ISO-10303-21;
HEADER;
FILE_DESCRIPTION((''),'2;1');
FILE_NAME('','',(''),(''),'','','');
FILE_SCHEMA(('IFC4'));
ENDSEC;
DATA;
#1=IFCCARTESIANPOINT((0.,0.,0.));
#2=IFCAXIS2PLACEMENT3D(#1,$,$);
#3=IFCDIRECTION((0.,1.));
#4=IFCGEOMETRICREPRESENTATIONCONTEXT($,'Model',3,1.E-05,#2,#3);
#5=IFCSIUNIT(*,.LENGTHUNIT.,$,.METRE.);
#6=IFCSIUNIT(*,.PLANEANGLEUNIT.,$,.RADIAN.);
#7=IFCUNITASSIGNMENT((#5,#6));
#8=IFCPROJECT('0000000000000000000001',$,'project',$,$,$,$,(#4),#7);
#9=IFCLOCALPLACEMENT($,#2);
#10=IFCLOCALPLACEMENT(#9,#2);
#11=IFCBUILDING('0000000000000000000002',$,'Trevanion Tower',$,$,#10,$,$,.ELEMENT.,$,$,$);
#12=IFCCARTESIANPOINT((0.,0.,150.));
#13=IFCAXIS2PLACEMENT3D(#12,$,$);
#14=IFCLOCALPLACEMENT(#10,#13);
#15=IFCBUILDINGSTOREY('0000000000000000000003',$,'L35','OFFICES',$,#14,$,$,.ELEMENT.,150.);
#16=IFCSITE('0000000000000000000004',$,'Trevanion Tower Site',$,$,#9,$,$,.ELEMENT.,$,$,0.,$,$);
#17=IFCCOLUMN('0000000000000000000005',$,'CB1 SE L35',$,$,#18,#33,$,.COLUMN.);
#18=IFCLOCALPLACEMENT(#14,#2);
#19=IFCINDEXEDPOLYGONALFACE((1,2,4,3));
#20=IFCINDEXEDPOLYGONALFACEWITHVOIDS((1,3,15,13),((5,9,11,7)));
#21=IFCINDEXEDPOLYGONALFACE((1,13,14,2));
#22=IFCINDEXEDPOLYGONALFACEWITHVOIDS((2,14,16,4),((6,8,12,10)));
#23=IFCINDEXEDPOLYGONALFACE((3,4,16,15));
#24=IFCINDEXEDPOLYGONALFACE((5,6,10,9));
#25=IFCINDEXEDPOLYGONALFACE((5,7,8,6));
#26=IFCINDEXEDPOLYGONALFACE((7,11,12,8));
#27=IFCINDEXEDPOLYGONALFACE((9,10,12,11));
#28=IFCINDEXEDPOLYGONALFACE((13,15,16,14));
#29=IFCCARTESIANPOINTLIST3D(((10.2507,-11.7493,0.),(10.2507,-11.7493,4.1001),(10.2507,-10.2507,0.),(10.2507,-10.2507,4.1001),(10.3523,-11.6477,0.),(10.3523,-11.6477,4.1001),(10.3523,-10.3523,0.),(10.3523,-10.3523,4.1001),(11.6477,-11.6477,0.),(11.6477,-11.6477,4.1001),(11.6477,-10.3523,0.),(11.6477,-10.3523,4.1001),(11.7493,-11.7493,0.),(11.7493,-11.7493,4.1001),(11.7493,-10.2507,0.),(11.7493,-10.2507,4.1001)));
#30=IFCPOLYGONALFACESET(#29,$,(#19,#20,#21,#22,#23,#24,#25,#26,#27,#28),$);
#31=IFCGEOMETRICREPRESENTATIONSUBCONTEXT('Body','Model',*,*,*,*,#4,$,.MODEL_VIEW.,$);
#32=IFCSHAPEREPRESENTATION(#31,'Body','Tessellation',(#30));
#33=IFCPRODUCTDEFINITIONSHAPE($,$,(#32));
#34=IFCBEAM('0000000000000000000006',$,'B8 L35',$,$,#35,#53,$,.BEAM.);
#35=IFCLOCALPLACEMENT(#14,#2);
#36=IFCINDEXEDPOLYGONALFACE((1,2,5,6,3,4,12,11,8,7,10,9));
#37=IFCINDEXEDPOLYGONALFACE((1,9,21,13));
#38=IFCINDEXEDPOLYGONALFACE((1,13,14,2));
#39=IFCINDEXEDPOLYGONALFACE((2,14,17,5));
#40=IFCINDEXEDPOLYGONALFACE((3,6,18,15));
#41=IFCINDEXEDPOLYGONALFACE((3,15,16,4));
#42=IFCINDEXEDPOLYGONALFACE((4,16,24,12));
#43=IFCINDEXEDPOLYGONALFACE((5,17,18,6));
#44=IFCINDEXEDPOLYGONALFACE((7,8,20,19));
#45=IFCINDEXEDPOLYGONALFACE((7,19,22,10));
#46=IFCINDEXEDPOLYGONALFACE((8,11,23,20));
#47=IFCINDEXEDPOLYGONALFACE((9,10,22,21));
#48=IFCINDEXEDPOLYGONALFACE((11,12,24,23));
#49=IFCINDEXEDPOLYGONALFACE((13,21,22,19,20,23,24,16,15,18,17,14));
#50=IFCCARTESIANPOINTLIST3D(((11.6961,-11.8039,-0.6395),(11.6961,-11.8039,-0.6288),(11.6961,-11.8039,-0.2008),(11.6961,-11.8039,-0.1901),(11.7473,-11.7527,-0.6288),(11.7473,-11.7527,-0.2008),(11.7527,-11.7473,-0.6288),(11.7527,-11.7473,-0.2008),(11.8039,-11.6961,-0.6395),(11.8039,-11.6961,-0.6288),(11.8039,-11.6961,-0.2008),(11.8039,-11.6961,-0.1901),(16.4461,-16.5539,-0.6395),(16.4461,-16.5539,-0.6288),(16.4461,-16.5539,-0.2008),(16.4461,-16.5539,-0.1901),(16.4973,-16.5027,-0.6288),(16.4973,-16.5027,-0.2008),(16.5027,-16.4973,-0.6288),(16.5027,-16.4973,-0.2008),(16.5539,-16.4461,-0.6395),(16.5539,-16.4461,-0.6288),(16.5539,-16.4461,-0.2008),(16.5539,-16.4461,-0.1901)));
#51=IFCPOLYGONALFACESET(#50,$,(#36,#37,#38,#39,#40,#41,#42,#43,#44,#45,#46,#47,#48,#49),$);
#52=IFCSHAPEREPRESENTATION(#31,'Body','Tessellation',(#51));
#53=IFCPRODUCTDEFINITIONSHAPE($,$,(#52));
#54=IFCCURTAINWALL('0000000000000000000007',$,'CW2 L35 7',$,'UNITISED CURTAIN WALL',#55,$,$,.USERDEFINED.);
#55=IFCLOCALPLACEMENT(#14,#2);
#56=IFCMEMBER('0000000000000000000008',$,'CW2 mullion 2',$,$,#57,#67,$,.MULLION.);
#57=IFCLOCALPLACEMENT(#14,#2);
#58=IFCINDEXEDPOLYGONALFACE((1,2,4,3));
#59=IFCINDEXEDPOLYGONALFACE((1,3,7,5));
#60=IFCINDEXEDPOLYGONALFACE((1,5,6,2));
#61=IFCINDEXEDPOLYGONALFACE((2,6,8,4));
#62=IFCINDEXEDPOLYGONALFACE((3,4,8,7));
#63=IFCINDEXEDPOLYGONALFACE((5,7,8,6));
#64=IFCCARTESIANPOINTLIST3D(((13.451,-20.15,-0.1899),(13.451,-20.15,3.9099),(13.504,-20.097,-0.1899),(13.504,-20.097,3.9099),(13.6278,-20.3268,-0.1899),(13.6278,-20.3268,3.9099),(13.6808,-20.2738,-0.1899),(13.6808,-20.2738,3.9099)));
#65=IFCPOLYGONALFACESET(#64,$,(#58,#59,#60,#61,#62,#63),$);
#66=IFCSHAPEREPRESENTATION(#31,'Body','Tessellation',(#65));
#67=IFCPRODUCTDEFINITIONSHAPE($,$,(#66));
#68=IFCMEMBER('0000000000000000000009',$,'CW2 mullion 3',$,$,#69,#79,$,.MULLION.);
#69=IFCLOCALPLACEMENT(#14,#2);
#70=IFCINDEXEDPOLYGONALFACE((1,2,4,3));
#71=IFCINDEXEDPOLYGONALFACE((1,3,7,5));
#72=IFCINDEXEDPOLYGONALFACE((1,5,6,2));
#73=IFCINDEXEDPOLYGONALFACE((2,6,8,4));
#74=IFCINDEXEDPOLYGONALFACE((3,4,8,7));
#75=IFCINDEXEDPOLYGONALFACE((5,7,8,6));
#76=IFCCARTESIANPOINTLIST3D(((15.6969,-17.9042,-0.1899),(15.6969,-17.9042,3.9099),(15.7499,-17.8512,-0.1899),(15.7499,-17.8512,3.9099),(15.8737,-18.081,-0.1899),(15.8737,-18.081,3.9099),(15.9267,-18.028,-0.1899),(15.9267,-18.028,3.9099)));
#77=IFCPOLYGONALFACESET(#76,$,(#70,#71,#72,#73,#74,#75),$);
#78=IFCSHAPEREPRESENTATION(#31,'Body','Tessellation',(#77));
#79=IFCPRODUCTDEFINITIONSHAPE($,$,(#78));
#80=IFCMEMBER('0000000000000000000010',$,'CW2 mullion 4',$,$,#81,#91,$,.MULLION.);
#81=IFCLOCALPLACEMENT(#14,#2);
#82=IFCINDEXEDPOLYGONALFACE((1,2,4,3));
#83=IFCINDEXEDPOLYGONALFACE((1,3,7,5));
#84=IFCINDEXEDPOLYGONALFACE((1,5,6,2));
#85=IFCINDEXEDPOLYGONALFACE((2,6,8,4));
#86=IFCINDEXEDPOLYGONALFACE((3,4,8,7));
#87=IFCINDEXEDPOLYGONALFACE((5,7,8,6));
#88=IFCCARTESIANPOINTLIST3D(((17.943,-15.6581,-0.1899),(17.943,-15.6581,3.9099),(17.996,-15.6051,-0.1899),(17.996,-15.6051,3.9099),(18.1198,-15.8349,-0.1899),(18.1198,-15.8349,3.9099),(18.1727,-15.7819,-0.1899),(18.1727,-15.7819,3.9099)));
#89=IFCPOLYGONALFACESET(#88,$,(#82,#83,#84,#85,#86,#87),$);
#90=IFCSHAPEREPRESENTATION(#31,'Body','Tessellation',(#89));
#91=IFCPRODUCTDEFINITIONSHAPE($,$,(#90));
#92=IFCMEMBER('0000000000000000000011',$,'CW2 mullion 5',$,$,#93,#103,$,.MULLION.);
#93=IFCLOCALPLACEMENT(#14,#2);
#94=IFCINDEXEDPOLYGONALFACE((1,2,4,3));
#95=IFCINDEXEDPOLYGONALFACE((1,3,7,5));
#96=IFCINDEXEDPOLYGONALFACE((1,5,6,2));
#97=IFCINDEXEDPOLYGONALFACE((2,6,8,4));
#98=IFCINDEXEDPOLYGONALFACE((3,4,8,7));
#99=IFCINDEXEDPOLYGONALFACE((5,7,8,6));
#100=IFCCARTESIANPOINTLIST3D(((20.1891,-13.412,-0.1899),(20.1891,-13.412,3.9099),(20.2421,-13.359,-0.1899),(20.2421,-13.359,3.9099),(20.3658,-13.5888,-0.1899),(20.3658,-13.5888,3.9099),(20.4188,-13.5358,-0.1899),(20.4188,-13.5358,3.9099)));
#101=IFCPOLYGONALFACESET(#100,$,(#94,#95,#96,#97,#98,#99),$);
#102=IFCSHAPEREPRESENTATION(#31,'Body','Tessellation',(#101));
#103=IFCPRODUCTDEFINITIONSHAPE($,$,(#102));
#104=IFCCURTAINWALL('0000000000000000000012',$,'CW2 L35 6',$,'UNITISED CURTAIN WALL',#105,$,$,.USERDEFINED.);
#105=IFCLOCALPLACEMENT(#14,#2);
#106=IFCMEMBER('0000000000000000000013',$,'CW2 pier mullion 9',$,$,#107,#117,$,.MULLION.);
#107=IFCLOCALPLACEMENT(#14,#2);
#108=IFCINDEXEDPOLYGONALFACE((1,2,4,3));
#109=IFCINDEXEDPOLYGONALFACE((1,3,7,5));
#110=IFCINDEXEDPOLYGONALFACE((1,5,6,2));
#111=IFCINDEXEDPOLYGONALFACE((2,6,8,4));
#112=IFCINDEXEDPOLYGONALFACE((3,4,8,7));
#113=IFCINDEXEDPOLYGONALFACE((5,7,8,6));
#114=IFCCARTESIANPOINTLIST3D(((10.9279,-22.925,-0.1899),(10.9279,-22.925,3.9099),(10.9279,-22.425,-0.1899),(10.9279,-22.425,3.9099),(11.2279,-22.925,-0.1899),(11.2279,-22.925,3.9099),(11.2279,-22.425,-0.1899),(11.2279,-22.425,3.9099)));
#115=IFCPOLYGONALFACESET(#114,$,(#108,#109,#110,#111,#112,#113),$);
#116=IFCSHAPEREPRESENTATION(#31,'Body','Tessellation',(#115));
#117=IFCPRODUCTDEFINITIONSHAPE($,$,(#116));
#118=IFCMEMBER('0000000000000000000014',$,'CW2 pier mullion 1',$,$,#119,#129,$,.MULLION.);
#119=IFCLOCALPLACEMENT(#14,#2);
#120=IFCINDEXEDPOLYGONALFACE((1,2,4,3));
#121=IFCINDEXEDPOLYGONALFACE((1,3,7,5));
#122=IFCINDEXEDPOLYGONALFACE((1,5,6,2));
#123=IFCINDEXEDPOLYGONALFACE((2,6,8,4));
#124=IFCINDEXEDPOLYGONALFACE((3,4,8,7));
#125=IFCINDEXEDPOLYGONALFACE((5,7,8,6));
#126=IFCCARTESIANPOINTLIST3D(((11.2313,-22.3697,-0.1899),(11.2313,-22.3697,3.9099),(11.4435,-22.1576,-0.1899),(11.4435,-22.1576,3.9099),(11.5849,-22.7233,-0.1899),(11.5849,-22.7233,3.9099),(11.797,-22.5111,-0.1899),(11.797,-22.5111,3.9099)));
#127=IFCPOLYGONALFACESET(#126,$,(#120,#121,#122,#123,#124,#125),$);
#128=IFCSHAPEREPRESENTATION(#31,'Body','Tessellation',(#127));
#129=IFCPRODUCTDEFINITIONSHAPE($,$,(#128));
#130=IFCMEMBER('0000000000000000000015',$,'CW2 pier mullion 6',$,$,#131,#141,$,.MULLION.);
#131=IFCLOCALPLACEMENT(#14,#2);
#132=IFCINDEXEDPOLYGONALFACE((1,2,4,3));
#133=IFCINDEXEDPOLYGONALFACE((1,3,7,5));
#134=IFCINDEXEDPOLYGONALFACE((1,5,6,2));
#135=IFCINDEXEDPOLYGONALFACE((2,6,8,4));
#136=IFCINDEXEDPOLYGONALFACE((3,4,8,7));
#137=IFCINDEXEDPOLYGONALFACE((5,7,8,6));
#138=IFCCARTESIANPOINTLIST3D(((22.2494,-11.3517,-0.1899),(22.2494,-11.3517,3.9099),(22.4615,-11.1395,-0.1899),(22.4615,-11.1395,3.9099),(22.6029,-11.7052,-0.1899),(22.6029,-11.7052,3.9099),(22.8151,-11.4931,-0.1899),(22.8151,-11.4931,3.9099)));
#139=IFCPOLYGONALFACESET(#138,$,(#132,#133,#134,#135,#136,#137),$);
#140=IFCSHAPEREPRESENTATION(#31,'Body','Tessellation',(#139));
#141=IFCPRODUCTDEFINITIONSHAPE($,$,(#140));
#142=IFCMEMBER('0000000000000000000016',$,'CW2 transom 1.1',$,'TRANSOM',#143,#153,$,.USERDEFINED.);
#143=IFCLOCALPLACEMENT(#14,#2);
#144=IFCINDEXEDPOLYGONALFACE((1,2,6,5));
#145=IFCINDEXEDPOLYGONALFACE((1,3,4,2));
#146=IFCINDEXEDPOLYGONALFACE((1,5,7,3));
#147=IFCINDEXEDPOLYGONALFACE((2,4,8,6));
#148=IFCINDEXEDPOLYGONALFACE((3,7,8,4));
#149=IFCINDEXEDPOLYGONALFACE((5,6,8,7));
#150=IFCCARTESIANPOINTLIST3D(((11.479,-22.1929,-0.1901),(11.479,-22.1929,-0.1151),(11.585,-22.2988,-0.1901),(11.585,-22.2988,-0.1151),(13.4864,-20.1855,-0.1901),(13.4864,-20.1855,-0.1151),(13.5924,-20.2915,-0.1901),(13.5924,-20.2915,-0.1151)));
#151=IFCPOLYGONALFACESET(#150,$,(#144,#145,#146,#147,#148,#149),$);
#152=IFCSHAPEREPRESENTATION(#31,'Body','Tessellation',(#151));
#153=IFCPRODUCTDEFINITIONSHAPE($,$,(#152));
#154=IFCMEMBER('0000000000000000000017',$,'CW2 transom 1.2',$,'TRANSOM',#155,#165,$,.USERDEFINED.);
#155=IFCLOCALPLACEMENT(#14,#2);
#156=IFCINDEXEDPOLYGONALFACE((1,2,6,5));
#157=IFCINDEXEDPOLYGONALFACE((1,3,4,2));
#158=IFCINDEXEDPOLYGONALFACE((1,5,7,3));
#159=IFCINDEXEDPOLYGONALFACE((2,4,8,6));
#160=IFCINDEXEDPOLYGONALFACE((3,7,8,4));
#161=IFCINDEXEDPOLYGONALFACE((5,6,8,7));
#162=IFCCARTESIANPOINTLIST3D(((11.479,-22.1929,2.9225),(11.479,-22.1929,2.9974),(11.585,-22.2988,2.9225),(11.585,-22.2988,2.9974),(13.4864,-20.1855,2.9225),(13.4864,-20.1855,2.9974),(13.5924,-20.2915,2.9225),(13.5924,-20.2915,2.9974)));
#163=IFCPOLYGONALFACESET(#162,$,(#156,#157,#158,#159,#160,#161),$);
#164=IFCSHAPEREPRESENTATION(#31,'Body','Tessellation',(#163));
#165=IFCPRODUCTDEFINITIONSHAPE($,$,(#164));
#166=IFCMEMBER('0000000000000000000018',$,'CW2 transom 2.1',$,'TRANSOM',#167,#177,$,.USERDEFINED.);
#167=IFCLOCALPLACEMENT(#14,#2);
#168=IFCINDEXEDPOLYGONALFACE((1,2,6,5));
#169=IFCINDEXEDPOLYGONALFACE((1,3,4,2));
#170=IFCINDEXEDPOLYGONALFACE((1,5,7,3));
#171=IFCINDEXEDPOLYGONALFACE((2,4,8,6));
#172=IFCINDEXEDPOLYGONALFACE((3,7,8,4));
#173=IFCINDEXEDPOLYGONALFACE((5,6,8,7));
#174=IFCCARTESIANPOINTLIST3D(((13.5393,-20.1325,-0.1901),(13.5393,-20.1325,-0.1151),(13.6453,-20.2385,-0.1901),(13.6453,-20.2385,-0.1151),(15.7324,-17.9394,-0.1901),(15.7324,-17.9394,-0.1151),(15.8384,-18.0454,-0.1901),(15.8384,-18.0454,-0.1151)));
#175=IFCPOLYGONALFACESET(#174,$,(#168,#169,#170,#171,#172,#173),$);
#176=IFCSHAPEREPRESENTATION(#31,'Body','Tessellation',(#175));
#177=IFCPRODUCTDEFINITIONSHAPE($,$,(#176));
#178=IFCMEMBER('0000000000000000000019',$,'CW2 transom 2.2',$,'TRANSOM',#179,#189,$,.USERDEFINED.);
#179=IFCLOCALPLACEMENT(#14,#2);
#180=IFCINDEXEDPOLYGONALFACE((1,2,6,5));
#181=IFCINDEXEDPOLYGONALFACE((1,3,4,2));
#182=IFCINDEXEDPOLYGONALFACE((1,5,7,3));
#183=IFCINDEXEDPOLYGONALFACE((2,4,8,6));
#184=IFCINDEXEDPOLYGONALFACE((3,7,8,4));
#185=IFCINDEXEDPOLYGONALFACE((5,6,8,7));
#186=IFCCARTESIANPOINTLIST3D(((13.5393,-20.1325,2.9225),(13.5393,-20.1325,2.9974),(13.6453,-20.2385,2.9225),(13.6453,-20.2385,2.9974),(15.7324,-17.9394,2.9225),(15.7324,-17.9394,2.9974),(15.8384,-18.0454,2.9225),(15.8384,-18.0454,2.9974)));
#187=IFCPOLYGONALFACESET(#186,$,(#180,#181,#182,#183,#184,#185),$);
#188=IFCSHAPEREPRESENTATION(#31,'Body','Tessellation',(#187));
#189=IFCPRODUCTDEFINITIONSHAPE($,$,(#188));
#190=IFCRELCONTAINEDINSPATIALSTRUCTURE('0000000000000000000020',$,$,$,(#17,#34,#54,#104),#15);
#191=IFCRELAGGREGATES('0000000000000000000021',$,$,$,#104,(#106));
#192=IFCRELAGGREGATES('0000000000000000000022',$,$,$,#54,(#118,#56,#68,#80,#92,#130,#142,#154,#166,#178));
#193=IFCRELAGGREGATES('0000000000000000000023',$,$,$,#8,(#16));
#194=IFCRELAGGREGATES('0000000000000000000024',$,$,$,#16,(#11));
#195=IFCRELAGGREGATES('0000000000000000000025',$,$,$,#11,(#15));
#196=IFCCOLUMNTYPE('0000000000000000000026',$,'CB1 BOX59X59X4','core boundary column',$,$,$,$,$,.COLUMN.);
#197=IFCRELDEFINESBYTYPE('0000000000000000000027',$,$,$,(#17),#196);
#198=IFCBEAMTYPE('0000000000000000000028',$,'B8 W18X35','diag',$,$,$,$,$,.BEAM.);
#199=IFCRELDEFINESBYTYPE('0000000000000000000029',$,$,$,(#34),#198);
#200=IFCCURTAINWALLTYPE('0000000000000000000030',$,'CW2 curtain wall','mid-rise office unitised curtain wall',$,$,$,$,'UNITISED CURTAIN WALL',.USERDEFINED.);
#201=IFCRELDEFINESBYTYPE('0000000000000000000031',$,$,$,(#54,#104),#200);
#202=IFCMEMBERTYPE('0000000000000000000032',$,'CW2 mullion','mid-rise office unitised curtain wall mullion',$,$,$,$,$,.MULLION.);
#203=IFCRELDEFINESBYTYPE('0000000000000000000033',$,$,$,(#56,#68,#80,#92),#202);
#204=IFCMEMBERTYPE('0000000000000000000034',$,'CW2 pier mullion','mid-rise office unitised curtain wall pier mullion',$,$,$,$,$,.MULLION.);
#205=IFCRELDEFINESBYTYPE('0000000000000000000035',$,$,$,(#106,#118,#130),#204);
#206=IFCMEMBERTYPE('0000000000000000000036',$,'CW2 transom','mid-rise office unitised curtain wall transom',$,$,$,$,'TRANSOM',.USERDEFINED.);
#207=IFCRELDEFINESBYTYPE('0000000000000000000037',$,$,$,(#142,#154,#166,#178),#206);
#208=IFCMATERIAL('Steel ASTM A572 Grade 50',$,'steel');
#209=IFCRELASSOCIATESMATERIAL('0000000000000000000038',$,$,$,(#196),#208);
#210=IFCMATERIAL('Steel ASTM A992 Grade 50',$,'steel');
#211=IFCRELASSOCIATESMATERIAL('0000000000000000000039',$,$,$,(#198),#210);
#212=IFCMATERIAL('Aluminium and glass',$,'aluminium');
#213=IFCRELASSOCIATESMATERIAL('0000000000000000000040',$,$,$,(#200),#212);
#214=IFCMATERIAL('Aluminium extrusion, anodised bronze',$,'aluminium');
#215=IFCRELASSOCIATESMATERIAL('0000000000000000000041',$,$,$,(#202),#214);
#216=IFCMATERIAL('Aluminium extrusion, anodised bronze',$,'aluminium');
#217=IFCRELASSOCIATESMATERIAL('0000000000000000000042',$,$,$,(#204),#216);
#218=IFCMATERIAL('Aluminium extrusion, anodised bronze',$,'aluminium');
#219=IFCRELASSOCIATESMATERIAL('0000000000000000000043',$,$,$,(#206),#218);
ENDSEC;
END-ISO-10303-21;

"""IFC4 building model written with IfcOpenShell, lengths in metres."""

from ifc_helpers import new_model, si_unit, direction, frame, origin, origin_2d, place, context, subcontext, project, spatial, rectangle, hollow_rectangle, i_section, extrude, material, material_profile, profile_set, type_object, element, aggregate, save


model = new_model("IFC4")

# Units and contexts
model_context = context("Model", 3, precision=1e-05, world=origin(), true_north=direction((0.0, 1.0)))
body_context = subcontext(model_context, "Body", "Model", "MODEL_VIEW")
ifc_project = project(units=[si_unit("LENGTHUNIT", "METRE"), si_unit("PLANEANGLEUNIT", "RADIAN")], contexts=[model_context])

# Site, building, storey
site_placement = place(None, origin())
site = spatial("IfcSite", under=ifc_project, at=site_placement, Name="Trevanion Tower Site", CompositionType="ELEMENT", RefElevation=0.0)
building_placement = place(site_placement, origin())
building = spatial("IfcBuilding", under=site, at=building_placement, Name="Trevanion Tower", CompositionType="ELEMENT")
storey_placement = place(building_placement, frame((0.0, 0.0, 150.0)))
storey = spatial("IfcBuildingStorey", under=building, at=storey_placement, Name="L35", Description="OFFICES", CompositionType="ELEMENT", Elevation=150.0)

# Column
ifc_material_1 = material(Name="Steel ASTM A572 Grade 50", Category="steel")
ifc_material_profile_1 = material_profile(ifc_material_1, hollow_rectangle(XDim=1.4985, YDim=1.4985, WallThickness=0.1016, at=origin_2d()), Name="BOX59X59X4")
ifc_profile_set_1 = profile_set([ifc_material_profile_1], Name="Steel ASTM A572 Grade 50")
column_type = type_object("IfcColumnType", Name="CB1 BOX59X59X4", Description="core boundary column", PredefinedType="COLUMN", material=ifc_profile_set_1)
column_placement = place(storey_placement, frame((11.0, -11.0, 0.0), z_axis=(0.0, 0.0, 1.0), x_axis=(1.0, 0.0, 0.0)))
element("IfcColumn", 1, at=column_placement, inside=storey, type_object=column_type, Name="CB1 SE L35", PredefinedType="COLUMN", context=body_context, shape_type="SweptSolid", body=[
    extrude(hollow_rectangle(XDim=1.4985, YDim=1.4985, WallThickness=0.1016, at=origin_2d()), origin(), (0.0, 0.0, 1.0), 4.1001),
])

# Beam
ifc_material_2 = material(Name="Steel ASTM A992 Grade 50", Category="steel")
ifc_material_profile_2 = material_profile(ifc_material_2, i_section(OverallWidth=0.1523, OverallDepth=0.4495, WebThickness=0.0076, FlangeThickness=0.0107, at=origin_2d()), Name="W18X35")
ifc_profile_set_2 = profile_set([ifc_material_profile_2], Name="Steel ASTM A992 Grade 50")
beam_type = type_object("IfcBeamType", Name="B8 W18X35", Description="diag", PredefinedType="BEAM", material=ifc_profile_set_2)
beam_placement = place(storey_placement, frame((11.75, -11.75, -0.4148), z_axis=(0.707107, -0.707107, 0.0), x_axis=(0.707107, 0.707107, 0.0)))
element("IfcBeam", 2, at=beam_placement, inside=storey, type_object=beam_type, Name="B8 L35", PredefinedType="BEAM", context=body_context, shape_type="SweptSolid", body=[
    extrude(i_section(OverallWidth=0.1523, OverallDepth=0.4495, WebThickness=0.0076, FlangeThickness=0.0107, at=origin_2d()), origin(), (0.0, 0.0, 1.0), 6.7175),
])

# Curtain wall, members
ifc_material_3 = material(Name="Aluminium and glass", Category="aluminium")
curtain_wall_type = type_object("IfcCurtainWallType", Name="CW2 curtain wall", Description="mid-rise office unitised curtain wall", ElementType="UNITISED CURTAIN WALL", PredefinedType="USERDEFINED", material=ifc_material_3)
curtain_wall_1_placement = place(storey_placement, origin())
curtain_wall_1 = element("IfcCurtainWall", 3, at=curtain_wall_1_placement, inside=storey, type_object=curtain_wall_type, Name="CW2 L35 7", ObjectType="UNITISED CURTAIN WALL", PredefinedType="USERDEFINED")
ifc_material_4 = material(Name="Aluminium extrusion, anodised bronze", Category="aluminium")
ifc_material_profile_3 = material_profile(ifc_material_4, rectangle(XDim=0.075, YDim=0.25, at=origin_2d()), Name="CW2 mullion")
ifc_profile_set_3 = profile_set([ifc_material_profile_3], Name="Aluminium extrusion, anodised bronze")
member_type_1 = type_object("IfcMemberType", Name="CW2 mullion", Description="mid-rise office unitised curtain wall mullion", PredefinedType="MULLION", material=ifc_profile_set_3)
member_1_placement = place(storey_placement, frame((13.5659, -20.2119, -0.1899), z_axis=(0.0, 0.0, 1.0), x_axis=(0.707107, 0.707107, 0.0)))
member_1 = element("IfcMember", 4, at=member_1_placement, type_object=member_type_1, Name="CW2 mullion 2", PredefinedType="MULLION", context=body_context, shape_type="SweptSolid", body=[
    extrude(rectangle(XDim=0.075, YDim=0.25, at=origin_2d()), origin(), (0.0, 0.0, 1.0), 4.0999),
])
member_2_placement = place(storey_placement, frame((15.8118, -17.9661, -0.1899), z_axis=(0.0, 0.0, 1.0), x_axis=(0.707107, 0.707107, 0.0)))
member_2 = element("IfcMember", 5, at=member_2_placement, type_object=member_type_1, Name="CW2 mullion 3", PredefinedType="MULLION", context=body_context, shape_type="SweptSolid", body=[
    extrude(rectangle(XDim=0.075, YDim=0.25, at=origin_2d()), origin(), (0.0, 0.0, 1.0), 4.0999),
])
member_3_placement = place(storey_placement, frame((18.0579, -15.72, -0.1899), z_axis=(0.0, 0.0, 1.0), x_axis=(0.707107, 0.707107, 0.0)))
member_3 = element("IfcMember", 6, at=member_3_placement, type_object=member_type_1, Name="CW2 mullion 4", PredefinedType="MULLION", context=body_context, shape_type="SweptSolid", body=[
    extrude(rectangle(XDim=0.075, YDim=0.25, at=origin_2d()), origin(), (0.0, 0.0, 1.0), 4.0999),
])
member_4_placement = place(storey_placement, frame((20.304, -13.4739, -0.1899), z_axis=(0.0, 0.0, 1.0), x_axis=(0.707107, 0.707107, 0.0)))
member_4 = element("IfcMember", 7, at=member_4_placement, type_object=member_type_1, Name="CW2 mullion 5", PredefinedType="MULLION", context=body_context, shape_type="SweptSolid", body=[
    extrude(rectangle(XDim=0.075, YDim=0.25, at=origin_2d()), origin(), (0.0, 0.0, 1.0), 4.0999),
])

# Curtain wall, member
curtain_wall_2_placement = place(storey_placement, origin())
curtain_wall_2 = element("IfcCurtainWall", 8, at=curtain_wall_2_placement, inside=storey, type_object=curtain_wall_type, Name="CW2 L35 6", ObjectType="UNITISED CURTAIN WALL", PredefinedType="USERDEFINED")
ifc_material_5 = material(Name="Aluminium extrusion, anodised bronze", Category="aluminium")
ifc_material_profile_4 = material_profile(ifc_material_5, rectangle(XDim=0.3, YDim=0.5, at=origin_2d()), Name="CW2 pier mullion")
ifc_profile_set_4 = profile_set([ifc_material_profile_4], Name="Aluminium extrusion, anodised bronze")
member_type_2 = type_object("IfcMemberType", Name="CW2 pier mullion", Description="mid-rise office unitised curtain wall pier mullion", PredefinedType="MULLION", material=ifc_profile_set_4)
member_5_placement = place(storey_placement, frame((11.0779, -22.675, -0.1899), z_axis=(0.0, 0.0, 1.0), x_axis=(1.0, 0.0, 0.0)))
member_5 = element("IfcMember", 9, at=member_5_placement, type_object=member_type_2, Name="CW2 pier mullion 9", PredefinedType="MULLION", context=body_context, shape_type="SweptSolid", body=[
    extrude(rectangle(XDim=0.3, YDim=0.5, at=origin_2d()), origin(), (0.0, 0.0, 1.0), 4.0999),
])
aggregate(curtain_wall_2, [member_5])

# Members
member_6_placement = place(storey_placement, frame((11.5142, -22.4404, -0.1899), z_axis=(0.0, 0.0, 1.0), x_axis=(0.707107, 0.707107, 0.0)))
member_6 = element("IfcMember", 10, at=member_6_placement, type_object=member_type_2, Name="CW2 pier mullion 1", PredefinedType="MULLION", context=body_context, shape_type="SweptSolid", body=[
    extrude(rectangle(XDim=0.3, YDim=0.5, at=origin_2d()), origin(), (0.0, 0.0, 1.0), 4.0999),
])
member_7_placement = place(storey_placement, frame((22.5322, -11.4224, -0.1899), z_axis=(0.0, 0.0, 1.0), x_axis=(0.707107, 0.707107, 0.0)))
member_7 = element("IfcMember", 11, at=member_7_placement, type_object=member_type_2, Name="CW2 pier mullion 6", PredefinedType="MULLION", context=body_context, shape_type="SweptSolid", body=[
    extrude(rectangle(XDim=0.3, YDim=0.5, at=origin_2d()), origin(), (0.0, 0.0, 1.0), 4.0999),
])
ifc_material_6 = material(Name="Aluminium extrusion, anodised bronze", Category="aluminium")
ifc_material_profile_5 = material_profile(ifc_material_6, rectangle(XDim=0.1499, YDim=0.075, at=origin_2d()), Name="CW2 transom")
ifc_profile_set_5 = profile_set([ifc_material_profile_5], Name="Aluminium extrusion, anodised bronze")
member_type_3 = type_object("IfcMemberType", Name="CW2 transom", Description="mid-rise office unitised curtain wall transom", ElementType="TRANSOM", PredefinedType="USERDEFINED", material=ifc_profile_set_5)
member_8_placement = place(storey_placement, frame((11.532, -22.2458, -0.1526), z_axis=(0.707107, 0.707107, 0.0), x_axis=(-0.707107, 0.707107, 0.0)))
member_8 = element("IfcMember", 12, at=member_8_placement, type_object=member_type_3, Name="CW2 transom 1.1", ObjectType="TRANSOM", PredefinedType="USERDEFINED", context=body_context, shape_type="SweptSolid", body=[
    extrude(rectangle(XDim=0.1499, YDim=0.075, at=origin_2d()), origin(), (0.0, 0.0, 1.0), 2.8389),
])
member_9_placement = place(storey_placement, frame((11.532, -22.2458, 2.96), z_axis=(0.707107, 0.707107, 0.0), x_axis=(-0.707107, 0.707107, 0.0)))
member_9 = element("IfcMember", 13, at=member_9_placement, type_object=member_type_3, Name="CW2 transom 1.2", ObjectType="TRANSOM", PredefinedType="USERDEFINED", context=body_context, shape_type="SweptSolid", body=[
    extrude(rectangle(XDim=0.1499, YDim=0.075, at=origin_2d()), origin(), (0.0, 0.0, 1.0), 2.8389),
])
member_10_placement = place(storey_placement, frame((13.5923, -20.1855, -0.1526), z_axis=(0.707107, 0.707107, 0.0), x_axis=(-0.707107, 0.707107, 0.0)))
member_10 = element("IfcMember", 14, at=member_10_placement, type_object=member_type_3, Name="CW2 transom 2.1", ObjectType="TRANSOM", PredefinedType="USERDEFINED", context=body_context, shape_type="SweptSolid", body=[
    extrude(rectangle(XDim=0.1499, YDim=0.075, at=origin_2d()), origin(), (0.0, 0.0, 1.0), 3.1016),
])
member_11_placement = place(storey_placement, frame((13.5923, -20.1855, 2.96), z_axis=(0.707107, 0.707107, 0.0), x_axis=(-0.707107, 0.707107, 0.0)))
member_11 = element("IfcMember", 15, at=member_11_placement, type_object=member_type_3, Name="CW2 transom 2.2", ObjectType="TRANSOM", PredefinedType="USERDEFINED", context=body_context, shape_type="SweptSolid", body=[
    extrude(rectangle(XDim=0.1499, YDim=0.075, at=origin_2d()), origin(), (0.0, 0.0, 1.0), 3.1016),
])

aggregate(curtain_wall_1, [member_6, member_1, member_2, member_3, member_4, member_7, member_8, member_9, member_10, member_11])

save(model, "model.ifc")
